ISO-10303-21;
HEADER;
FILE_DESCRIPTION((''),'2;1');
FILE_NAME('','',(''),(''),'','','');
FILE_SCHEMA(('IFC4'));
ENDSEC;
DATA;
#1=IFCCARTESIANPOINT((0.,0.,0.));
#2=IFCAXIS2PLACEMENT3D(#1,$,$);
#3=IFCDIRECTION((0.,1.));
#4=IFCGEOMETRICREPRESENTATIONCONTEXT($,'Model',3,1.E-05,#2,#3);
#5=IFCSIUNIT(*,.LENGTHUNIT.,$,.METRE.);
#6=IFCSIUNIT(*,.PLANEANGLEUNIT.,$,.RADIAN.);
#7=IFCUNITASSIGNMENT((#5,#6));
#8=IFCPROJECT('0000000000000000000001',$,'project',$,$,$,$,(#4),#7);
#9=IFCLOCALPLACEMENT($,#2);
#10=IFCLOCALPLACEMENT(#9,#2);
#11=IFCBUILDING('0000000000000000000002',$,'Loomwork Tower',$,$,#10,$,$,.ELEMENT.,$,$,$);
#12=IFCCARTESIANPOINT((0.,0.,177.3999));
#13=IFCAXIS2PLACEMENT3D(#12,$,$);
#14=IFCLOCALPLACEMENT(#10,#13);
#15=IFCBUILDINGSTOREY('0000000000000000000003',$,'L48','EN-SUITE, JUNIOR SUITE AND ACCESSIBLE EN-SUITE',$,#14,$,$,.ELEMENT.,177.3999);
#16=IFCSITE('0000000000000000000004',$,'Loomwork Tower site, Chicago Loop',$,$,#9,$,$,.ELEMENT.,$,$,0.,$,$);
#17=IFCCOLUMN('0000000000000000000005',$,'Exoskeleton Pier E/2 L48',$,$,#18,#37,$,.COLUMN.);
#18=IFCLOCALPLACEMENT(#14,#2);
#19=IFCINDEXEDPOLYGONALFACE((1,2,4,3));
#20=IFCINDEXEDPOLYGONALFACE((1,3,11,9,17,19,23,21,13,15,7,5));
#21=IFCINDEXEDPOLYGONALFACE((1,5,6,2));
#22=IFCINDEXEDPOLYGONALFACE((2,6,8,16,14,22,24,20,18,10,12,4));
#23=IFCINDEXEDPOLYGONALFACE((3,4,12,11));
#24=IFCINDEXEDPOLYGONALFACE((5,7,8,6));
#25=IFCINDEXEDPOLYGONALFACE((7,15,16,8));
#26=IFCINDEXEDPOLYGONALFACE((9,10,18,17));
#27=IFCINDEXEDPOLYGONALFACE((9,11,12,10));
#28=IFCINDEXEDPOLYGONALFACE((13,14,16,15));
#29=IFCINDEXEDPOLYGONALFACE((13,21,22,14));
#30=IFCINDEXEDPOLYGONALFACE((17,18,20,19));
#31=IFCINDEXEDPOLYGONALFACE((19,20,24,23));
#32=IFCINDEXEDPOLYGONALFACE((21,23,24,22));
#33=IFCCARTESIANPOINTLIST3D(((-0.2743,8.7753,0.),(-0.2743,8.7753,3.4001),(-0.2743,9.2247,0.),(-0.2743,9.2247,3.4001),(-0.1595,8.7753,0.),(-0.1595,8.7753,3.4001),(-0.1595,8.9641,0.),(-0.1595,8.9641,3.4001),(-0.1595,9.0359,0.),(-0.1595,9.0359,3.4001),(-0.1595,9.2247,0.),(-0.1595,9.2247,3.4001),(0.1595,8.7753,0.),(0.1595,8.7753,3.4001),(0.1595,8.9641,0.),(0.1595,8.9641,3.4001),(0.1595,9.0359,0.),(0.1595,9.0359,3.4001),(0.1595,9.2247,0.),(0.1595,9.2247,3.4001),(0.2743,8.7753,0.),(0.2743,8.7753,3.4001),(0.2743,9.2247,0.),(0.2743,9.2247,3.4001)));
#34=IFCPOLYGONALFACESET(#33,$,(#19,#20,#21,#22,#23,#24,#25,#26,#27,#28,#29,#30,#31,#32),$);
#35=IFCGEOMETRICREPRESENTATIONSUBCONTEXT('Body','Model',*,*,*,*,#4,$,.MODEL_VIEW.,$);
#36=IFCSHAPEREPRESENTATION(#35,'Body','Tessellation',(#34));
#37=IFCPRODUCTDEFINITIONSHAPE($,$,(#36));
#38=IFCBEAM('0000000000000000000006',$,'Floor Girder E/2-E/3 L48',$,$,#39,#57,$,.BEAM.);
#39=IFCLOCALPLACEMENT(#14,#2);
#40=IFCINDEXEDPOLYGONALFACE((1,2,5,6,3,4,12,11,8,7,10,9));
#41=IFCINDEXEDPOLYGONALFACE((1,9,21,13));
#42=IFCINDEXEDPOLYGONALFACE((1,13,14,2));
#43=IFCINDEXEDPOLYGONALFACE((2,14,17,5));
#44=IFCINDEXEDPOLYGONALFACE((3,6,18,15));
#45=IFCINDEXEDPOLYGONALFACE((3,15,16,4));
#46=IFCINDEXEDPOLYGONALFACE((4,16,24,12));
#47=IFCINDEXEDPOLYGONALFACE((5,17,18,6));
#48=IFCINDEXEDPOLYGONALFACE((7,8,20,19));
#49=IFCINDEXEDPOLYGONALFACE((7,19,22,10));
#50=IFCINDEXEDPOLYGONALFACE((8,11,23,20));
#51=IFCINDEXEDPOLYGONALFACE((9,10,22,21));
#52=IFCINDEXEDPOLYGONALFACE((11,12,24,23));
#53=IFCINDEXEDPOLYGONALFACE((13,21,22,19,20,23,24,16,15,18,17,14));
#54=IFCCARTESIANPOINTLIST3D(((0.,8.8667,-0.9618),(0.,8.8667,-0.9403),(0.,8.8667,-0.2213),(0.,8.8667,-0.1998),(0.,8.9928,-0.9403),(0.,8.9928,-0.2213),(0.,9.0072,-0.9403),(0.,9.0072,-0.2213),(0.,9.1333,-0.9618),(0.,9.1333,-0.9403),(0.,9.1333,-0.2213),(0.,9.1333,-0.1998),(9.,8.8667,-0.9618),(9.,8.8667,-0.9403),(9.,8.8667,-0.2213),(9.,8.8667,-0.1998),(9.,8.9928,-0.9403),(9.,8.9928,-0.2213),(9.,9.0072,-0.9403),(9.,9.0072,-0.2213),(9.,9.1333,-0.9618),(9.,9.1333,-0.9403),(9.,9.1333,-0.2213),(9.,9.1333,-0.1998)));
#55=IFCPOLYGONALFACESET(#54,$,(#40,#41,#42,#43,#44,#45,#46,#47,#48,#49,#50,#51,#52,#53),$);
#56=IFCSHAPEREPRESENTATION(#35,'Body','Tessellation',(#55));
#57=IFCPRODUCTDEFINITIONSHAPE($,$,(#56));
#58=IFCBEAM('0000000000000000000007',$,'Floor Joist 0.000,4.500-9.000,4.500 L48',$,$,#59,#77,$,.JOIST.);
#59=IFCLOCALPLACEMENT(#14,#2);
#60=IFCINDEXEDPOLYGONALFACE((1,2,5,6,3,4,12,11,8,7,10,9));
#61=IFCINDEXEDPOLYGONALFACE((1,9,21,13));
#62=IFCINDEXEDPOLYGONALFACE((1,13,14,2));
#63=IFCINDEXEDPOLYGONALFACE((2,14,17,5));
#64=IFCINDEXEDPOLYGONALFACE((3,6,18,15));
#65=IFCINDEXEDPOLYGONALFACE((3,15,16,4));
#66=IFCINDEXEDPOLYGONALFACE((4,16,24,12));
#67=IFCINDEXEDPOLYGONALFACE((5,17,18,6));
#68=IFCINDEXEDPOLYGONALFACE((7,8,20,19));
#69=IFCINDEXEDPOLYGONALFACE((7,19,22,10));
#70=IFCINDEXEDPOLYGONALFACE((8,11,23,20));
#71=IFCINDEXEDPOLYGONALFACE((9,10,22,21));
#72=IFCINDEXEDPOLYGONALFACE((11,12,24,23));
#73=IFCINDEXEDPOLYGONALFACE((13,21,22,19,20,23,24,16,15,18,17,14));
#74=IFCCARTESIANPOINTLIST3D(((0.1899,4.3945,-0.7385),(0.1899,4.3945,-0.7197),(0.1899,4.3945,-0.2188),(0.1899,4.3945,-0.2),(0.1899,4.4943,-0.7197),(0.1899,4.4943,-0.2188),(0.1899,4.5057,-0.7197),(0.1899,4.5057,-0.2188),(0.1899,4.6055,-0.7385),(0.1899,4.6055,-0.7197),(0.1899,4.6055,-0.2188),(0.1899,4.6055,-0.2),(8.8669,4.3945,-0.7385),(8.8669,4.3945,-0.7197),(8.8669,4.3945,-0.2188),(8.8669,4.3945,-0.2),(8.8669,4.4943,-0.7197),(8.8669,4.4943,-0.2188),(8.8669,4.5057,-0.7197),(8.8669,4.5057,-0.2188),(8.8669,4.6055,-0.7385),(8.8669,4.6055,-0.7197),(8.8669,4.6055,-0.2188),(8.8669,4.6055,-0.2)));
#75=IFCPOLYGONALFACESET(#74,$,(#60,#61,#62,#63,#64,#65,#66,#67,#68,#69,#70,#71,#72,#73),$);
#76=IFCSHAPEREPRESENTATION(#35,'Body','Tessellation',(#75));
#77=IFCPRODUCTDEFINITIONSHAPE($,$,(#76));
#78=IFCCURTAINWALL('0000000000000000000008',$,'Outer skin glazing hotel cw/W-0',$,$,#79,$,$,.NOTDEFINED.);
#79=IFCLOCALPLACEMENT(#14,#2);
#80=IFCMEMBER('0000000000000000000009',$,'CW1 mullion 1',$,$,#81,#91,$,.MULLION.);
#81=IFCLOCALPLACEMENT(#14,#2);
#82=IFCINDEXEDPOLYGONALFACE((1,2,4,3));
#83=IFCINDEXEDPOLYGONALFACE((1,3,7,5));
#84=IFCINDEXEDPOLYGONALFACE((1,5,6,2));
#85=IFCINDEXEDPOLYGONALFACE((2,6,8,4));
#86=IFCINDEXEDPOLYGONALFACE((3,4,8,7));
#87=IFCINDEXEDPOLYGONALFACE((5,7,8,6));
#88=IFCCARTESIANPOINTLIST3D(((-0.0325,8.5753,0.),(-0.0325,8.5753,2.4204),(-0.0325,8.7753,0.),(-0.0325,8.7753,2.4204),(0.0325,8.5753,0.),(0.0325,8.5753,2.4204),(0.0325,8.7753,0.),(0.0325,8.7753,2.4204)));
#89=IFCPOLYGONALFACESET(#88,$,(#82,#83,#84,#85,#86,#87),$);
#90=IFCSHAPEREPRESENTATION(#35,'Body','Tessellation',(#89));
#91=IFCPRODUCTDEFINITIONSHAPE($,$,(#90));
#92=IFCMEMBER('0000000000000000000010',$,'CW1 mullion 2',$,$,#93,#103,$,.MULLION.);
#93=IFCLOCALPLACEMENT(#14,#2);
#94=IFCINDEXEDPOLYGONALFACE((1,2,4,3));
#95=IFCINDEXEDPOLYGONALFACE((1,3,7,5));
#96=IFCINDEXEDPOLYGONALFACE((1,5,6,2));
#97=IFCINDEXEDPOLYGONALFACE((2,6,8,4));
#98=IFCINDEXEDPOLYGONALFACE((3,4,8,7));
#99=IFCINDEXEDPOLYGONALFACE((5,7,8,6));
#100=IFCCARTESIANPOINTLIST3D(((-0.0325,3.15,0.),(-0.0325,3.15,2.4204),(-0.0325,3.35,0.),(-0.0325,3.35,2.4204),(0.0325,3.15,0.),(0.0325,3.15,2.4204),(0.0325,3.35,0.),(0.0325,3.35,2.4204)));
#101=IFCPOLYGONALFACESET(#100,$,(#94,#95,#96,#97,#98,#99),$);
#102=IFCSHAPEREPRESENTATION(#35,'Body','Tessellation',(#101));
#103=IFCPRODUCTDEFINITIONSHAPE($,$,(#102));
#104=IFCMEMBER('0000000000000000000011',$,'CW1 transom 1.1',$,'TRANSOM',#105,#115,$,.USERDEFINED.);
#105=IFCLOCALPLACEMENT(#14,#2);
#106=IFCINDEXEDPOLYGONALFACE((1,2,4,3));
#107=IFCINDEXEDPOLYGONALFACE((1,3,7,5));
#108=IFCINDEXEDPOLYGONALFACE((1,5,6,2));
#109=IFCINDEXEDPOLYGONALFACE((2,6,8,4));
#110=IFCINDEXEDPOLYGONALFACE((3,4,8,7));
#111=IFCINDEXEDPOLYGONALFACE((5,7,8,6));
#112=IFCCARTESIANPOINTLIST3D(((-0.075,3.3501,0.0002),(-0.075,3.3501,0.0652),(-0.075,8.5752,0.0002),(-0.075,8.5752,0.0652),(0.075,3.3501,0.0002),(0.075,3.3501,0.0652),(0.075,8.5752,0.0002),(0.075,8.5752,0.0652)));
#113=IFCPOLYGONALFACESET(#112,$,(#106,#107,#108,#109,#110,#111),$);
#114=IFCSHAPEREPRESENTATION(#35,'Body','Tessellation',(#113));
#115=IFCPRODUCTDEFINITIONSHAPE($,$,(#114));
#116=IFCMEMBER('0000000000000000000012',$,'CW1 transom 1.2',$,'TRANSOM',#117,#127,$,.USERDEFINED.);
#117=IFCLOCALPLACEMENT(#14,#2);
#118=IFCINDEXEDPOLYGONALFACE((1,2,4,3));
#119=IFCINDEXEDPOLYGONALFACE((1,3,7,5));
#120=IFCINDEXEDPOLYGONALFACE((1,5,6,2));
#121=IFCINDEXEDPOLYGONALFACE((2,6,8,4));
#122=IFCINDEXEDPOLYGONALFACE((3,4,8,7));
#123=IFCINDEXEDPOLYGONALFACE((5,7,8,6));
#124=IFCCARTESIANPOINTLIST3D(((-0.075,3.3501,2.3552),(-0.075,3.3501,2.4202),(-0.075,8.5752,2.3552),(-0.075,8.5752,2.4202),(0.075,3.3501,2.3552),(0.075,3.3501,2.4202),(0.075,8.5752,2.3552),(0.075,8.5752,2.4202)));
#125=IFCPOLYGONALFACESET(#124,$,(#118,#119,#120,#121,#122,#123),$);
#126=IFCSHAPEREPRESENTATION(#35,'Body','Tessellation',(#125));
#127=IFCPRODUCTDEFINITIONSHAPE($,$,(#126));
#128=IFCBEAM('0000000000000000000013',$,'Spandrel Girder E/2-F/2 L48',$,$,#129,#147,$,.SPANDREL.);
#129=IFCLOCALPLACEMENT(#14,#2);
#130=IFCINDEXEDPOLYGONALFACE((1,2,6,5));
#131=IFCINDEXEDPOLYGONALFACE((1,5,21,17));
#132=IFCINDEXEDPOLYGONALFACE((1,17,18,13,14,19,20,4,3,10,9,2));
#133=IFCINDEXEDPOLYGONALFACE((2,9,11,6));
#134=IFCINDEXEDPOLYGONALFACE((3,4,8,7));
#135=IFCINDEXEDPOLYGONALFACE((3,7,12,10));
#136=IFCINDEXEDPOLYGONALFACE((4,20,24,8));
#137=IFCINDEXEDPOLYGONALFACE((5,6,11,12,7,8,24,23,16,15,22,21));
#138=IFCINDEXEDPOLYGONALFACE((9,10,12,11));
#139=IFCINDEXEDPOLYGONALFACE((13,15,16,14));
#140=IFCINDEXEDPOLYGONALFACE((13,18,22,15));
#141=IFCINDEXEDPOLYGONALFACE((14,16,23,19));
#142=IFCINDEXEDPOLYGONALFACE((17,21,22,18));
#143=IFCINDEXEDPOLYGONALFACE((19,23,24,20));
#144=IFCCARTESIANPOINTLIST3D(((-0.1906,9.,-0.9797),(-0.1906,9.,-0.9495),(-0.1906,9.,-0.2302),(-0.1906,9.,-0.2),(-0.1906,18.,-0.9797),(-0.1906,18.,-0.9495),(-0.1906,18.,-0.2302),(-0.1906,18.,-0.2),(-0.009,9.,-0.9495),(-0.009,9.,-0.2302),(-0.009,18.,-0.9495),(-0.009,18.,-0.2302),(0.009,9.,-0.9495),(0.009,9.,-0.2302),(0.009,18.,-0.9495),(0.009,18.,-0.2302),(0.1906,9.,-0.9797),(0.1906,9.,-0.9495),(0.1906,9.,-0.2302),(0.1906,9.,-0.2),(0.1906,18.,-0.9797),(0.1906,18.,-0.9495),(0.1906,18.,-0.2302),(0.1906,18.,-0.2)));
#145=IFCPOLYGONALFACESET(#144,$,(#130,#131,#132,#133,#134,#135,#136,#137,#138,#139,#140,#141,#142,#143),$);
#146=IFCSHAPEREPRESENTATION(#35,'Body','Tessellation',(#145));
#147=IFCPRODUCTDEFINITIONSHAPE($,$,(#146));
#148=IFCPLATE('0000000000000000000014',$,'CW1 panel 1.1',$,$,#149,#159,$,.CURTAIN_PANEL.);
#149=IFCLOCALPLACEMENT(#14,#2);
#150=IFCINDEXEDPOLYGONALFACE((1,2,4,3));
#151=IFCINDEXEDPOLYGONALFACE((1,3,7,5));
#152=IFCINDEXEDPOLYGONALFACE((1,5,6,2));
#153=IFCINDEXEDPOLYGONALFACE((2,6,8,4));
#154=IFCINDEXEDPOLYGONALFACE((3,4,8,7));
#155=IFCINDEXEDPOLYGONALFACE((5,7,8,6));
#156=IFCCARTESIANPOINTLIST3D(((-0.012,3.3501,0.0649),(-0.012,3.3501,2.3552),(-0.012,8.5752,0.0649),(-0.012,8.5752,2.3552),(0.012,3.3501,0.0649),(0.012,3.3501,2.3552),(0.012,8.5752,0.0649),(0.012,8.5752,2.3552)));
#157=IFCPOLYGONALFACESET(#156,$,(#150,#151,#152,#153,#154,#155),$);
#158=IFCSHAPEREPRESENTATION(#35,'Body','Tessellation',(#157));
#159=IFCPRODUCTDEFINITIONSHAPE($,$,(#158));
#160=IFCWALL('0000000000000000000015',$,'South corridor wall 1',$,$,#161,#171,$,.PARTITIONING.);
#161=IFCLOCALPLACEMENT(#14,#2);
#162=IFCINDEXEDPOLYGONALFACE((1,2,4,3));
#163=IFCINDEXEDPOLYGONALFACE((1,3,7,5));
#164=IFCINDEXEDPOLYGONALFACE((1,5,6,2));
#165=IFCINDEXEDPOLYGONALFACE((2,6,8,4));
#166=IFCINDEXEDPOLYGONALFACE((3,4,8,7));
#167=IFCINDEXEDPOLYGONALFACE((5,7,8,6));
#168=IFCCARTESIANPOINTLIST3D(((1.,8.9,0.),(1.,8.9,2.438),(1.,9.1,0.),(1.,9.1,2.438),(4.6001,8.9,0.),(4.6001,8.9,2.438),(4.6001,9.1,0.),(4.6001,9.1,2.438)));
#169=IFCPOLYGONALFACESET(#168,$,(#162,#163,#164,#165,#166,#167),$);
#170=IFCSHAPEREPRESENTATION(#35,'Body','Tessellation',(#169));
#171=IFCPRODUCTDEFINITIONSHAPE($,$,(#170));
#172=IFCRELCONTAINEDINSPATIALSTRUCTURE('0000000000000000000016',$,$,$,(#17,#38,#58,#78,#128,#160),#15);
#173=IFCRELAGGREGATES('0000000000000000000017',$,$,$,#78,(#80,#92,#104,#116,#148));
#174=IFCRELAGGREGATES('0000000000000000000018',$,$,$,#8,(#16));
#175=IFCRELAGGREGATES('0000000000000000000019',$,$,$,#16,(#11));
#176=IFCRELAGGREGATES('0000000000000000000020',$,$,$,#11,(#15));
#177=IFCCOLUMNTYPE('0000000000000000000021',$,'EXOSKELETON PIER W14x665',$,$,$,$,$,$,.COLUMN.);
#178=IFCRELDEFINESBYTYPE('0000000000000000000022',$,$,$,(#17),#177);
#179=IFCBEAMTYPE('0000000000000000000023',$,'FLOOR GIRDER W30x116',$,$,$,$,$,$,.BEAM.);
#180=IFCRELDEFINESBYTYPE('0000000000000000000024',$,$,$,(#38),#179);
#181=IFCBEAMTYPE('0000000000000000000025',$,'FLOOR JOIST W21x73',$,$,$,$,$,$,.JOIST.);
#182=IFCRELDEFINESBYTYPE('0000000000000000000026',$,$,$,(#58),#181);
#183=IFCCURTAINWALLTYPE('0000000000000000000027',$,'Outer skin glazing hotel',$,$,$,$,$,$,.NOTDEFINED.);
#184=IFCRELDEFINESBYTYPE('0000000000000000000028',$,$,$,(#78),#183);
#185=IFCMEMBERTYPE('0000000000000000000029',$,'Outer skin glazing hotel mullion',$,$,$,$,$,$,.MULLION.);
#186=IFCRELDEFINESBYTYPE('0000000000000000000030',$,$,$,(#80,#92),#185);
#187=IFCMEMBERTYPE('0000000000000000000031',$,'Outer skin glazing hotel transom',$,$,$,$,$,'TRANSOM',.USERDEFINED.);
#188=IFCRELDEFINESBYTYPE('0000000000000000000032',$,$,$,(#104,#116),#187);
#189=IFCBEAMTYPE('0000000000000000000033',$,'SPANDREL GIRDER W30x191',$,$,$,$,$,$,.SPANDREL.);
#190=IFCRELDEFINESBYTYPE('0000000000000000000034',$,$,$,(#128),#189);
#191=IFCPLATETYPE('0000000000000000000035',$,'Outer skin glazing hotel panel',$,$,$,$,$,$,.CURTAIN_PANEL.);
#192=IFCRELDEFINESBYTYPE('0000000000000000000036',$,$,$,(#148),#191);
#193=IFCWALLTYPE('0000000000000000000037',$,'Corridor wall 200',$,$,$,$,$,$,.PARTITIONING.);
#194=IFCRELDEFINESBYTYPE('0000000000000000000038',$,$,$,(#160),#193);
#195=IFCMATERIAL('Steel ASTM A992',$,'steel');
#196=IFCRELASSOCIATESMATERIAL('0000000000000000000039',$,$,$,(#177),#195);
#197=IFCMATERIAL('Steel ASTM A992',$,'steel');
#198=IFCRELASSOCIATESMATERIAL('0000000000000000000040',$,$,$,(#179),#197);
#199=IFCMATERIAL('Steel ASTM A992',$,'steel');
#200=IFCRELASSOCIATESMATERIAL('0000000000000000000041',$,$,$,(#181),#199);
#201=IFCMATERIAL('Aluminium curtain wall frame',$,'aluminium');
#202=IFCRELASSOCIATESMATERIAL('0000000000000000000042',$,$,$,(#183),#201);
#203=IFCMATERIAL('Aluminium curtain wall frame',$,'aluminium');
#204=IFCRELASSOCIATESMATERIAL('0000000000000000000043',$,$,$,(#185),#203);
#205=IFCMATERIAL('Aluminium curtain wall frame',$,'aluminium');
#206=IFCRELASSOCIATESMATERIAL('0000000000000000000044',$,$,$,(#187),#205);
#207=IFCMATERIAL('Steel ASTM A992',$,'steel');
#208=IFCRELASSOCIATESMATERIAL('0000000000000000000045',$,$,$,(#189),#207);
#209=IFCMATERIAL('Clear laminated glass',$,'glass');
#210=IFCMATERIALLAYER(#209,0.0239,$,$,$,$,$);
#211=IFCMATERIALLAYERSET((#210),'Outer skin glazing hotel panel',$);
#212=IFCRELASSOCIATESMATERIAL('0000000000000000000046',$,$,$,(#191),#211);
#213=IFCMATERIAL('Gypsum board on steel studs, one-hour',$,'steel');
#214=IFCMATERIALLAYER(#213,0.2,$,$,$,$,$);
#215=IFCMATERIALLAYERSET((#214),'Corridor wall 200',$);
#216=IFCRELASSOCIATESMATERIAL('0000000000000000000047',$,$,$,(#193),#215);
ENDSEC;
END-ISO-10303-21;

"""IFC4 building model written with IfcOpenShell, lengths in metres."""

from ifc_helpers import new_model, si_unit, direction, frame, frame_2d, origin, origin_2d, place, context, subcontext, project, spatial, rectangle, i_section, extrude, material, layer, layer_set, material_profile, profile_set, type_object, element, aggregate, save


model = new_model("IFC4")

# Units and contexts
model_context = context("Model", 3, precision=1e-05, world=origin(), true_north=direction((0.0, 1.0)))
body_context = subcontext(model_context, "Body", "Model", "MODEL_VIEW")
ifc_project = project(units=[si_unit("LENGTHUNIT", "METRE"), si_unit("PLANEANGLEUNIT", "RADIAN")], contexts=[model_context])

# Site, building, storey
site_placement = place(None, origin())
site = spatial("IfcSite", under=ifc_project, at=site_placement, Name="Loomwork Tower site, Chicago Loop", CompositionType="ELEMENT", RefElevation=0.0)
building_placement = place(site_placement, origin())
building = spatial("IfcBuilding", under=site, at=building_placement, Name="Loomwork Tower", CompositionType="ELEMENT")
storey_placement = place(building_placement, frame((0.0, 0.0, 177.3999)))
storey = spatial("IfcBuildingStorey", under=building, at=storey_placement, Name="L48", Description="EN-SUITE, JUNIOR SUITE AND ACCESSIBLE EN-SUITE", CompositionType="ELEMENT", Elevation=177.3999)

# Column
ifc_material_1 = material(Name="Steel ASTM A992", Category="steel")
ifc_material_profile_1 = material_profile(ifc_material_1, i_section(OverallWidth=0.4495, OverallDepth=0.5486, WebThickness=0.0718, FlangeThickness=0.1147, at=origin_2d()), Name="W14x665")
ifc_profile_set_1 = profile_set([ifc_material_profile_1], Name="Steel ASTM A992")
column_type = type_object("IfcColumnType", Name="EXOSKELETON PIER W14x665", PredefinedType="COLUMN", material=ifc_profile_set_1)
column_placement = place(storey_placement, frame((0.0, 9.0, 0.0), z_axis=(0.0, 0.0, 1.0), x_axis=(0.0, 1.0, 0.0)))
element("IfcColumn", 1, at=column_placement, inside=storey, type_object=column_type, Name="Exoskeleton Pier E/2 L48", PredefinedType="COLUMN", context=body_context, shape_type="SweptSolid", body=[
    extrude(i_section(OverallWidth=0.4495, OverallDepth=0.5486, WebThickness=0.0718, FlangeThickness=0.1147, at=origin_2d()), origin(), (0.0, 0.0, 1.0), 3.4001),
])

# Beams
ifc_material_2 = material(Name="Steel ASTM A992", Category="steel")
ifc_material_profile_2 = material_profile(ifc_material_2, i_section(OverallWidth=0.2666, OverallDepth=0.762, WebThickness=0.0144, FlangeThickness=0.0215, at=origin_2d()), Name="W30x116")
ifc_profile_set_2 = profile_set([ifc_material_profile_2], Name="Steel ASTM A992")
beam_type_1 = type_object("IfcBeamType", Name="FLOOR GIRDER W30x116", PredefinedType="BEAM", material=ifc_profile_set_2)
beam_1_placement = place(storey_placement, frame((0.0, 9.0, -0.5808), z_axis=(1.0, 0.0, 0.0), x_axis=(0.0, 1.0, 0.0)))
element("IfcBeam", 2, at=beam_1_placement, inside=storey, type_object=beam_type_1, Name="Floor Girder E/2-E/3 L48", PredefinedType="BEAM", context=body_context, shape_type="SweptSolid", body=[
    extrude(i_section(OverallWidth=0.2666, OverallDepth=0.762, WebThickness=0.0144, FlangeThickness=0.0215, at=origin_2d()), origin(), (0.0, 0.0, 1.0), 9.0),
])
ifc_material_3 = material(Name="Steel ASTM A992", Category="steel")
ifc_material_profile_3 = material_profile(ifc_material_3, i_section(OverallWidth=0.2109, OverallDepth=0.5386, WebThickness=0.0115, FlangeThickness=0.0188, at=origin_2d()), Name="W21x73")
ifc_profile_set_3 = profile_set([ifc_material_profile_3], Name="Steel ASTM A992")
beam_type_2 = type_object("IfcBeamType", Name="FLOOR JOIST W21x73", PredefinedType="JOIST", material=ifc_profile_set_3)
beam_2_placement = place(storey_placement, frame((0.1899, 4.5, -0.4692), z_axis=(1.0, 0.0, 0.0), x_axis=(0.0, 1.0, 0.0)))
element("IfcBeam", 3, at=beam_2_placement, inside=storey, type_object=beam_type_2, Name="Floor Joist 0.000,4.500-9.000,4.500 L48", PredefinedType="JOIST", context=body_context, shape_type="SweptSolid", body=[
    extrude(i_section(OverallWidth=0.2109, OverallDepth=0.5386, WebThickness=0.0115, FlangeThickness=0.0188, at=origin_2d()), origin(), (0.0, 0.0, 1.0), 8.677),
])

# Curtain wall, members
ifc_material_4 = material(Name="Aluminium curtain wall frame", Category="aluminium")
curtain_wall_type = type_object("IfcCurtainWallType", Name="Outer skin glazing hotel", PredefinedType="NOTDEFINED", material=ifc_material_4)
curtain_wall_placement = place(storey_placement, origin())
curtain_wall = element("IfcCurtainWall", 4, at=curtain_wall_placement, inside=storey, type_object=curtain_wall_type, Name="Outer skin glazing hotel cw/W-0", PredefinedType="NOTDEFINED")
ifc_material_5 = material(Name="Aluminium curtain wall frame", Category="aluminium")
ifc_material_profile_4 = material_profile(ifc_material_5, rectangle(XDim=0.0649, YDim=0.2, at=origin_2d()), Name="AL 65x200")
ifc_profile_set_4 = profile_set([ifc_material_profile_4], Name="Aluminium curtain wall frame")
member_type_1 = type_object("IfcMemberType", Name="Outer skin glazing hotel mullion", PredefinedType="MULLION", material=ifc_profile_set_4)
member_1_placement = place(storey_placement, frame((0.0, 8.6753, 0.0), z_axis=(0.0, 0.0, 1.0), x_axis=(1.0, 0.0, 0.0)))
member_1 = element("IfcMember", 5, at=member_1_placement, type_object=member_type_1, Name="CW1 mullion 1", PredefinedType="MULLION", context=body_context, shape_type="SweptSolid", body=[
    extrude(rectangle(XDim=0.0649, YDim=0.2, at=origin_2d()), origin(), (0.0, 0.0, 1.0), 2.4204),
])
member_2_placement = place(storey_placement, frame((0.0, 3.25, 0.0), z_axis=(0.0, 0.0, 1.0), x_axis=(1.0, 0.0, 0.0)))
member_2 = element("IfcMember", 6, at=member_2_placement, type_object=member_type_1, Name="CW1 mullion 2", PredefinedType="MULLION", context=body_context, shape_type="SweptSolid", body=[
    extrude(rectangle(XDim=0.0649, YDim=0.2, at=origin_2d()), origin(), (0.0, 0.0, 1.0), 2.4204),
])
ifc_material_6 = material(Name="Aluminium curtain wall frame", Category="aluminium")
ifc_material_profile_5 = material_profile(ifc_material_6, rectangle(XDim=0.1499, YDim=0.0649, at=origin_2d()), Name="AL 65x150")
ifc_profile_set_5 = profile_set([ifc_material_profile_5], Name="Aluminium curtain wall frame")
member_type_2 = type_object("IfcMemberType", Name="Outer skin glazing hotel transom", ElementType="TRANSOM", PredefinedType="USERDEFINED", material=ifc_profile_set_5)
member_3_placement = place(storey_placement, frame((0.0, 8.5752, 0.0327), z_axis=(0.0, -1.0, 0.0), x_axis=(1.0, 0.0, 0.0)))
member_3 = element("IfcMember", 7, at=member_3_placement, type_object=member_type_2, Name="CW1 transom 1.1", ObjectType="TRANSOM", PredefinedType="USERDEFINED", context=body_context, shape_type="SweptSolid", body=[
    extrude(rectangle(XDim=0.1499, YDim=0.0649, at=origin_2d()), origin(), (0.0, 0.0, 1.0), 5.2251),
])
member_4_placement = place(storey_placement, frame((0.0, 8.5752, 2.3877), z_axis=(0.0, -1.0, 0.0), x_axis=(1.0, 0.0, 0.0)))
member_4 = element("IfcMember", 8, at=member_4_placement, type_object=member_type_2, Name="CW1 transom 1.2", ObjectType="TRANSOM", PredefinedType="USERDEFINED", context=body_context, shape_type="SweptSolid", body=[
    extrude(rectangle(XDim=0.1499, YDim=0.0649, at=origin_2d()), origin(), (0.0, 0.0, 1.0), 5.2251),
])

# Beam
ifc_material_7 = material(Name="Steel ASTM A992", Category="steel")
ifc_material_profile_6 = material_profile(ifc_material_7, i_section(OverallWidth=0.3811, OverallDepth=0.7798, WebThickness=0.0181, FlangeThickness=0.0303, at=origin_2d()), Name="W30x191")
ifc_profile_set_6 = profile_set([ifc_material_profile_6], Name="Steel ASTM A992")
beam_type_3 = type_object("IfcBeamType", Name="SPANDREL GIRDER W30x191", PredefinedType="SPANDREL", material=ifc_profile_set_6)
beam_3_placement = place(storey_placement, frame((0.0, 9.0, -0.5898), z_axis=(0.0, 1.0, 0.0), x_axis=(-1.0, 0.0, 0.0)))
element("IfcBeam", 9, at=beam_3_placement, inside=storey, type_object=beam_type_3, Name="Spandrel Girder E/2-F/2 L48", PredefinedType="SPANDREL", context=body_context, shape_type="SweptSolid", body=[
    extrude(i_section(OverallWidth=0.3811, OverallDepth=0.7798, WebThickness=0.0181, FlangeThickness=0.0303, at=origin_2d()), origin(), (0.0, 0.0, 1.0), 9.0),
])

# Plate
ifc_material_8 = material(Name="Clear laminated glass", Category="glass")
ifc_layer_1 = layer(ifc_material_8, 0.0239)
ifc_layer_set_1 = layer_set([ifc_layer_1], Name="Outer skin glazing hotel panel")
plate_type = type_object("IfcPlateType", Name="Outer skin glazing hotel panel", PredefinedType="CURTAIN_PANEL", material=ifc_layer_set_1)
plate_placement = place(storey_placement, frame((0.0, 5.9626, 0.0649), z_axis=(0.0, 0.0, 1.0), x_axis=(0.0, -1.0, 0.0)))
plate = element("IfcPlate", 10, at=plate_placement, type_object=plate_type, Name="CW1 panel 1.1", PredefinedType="CURTAIN_PANEL", context=body_context, shape_type="SweptSolid", body=[
    extrude(rectangle(XDim=5.2251, YDim=0.0239, at=origin_2d()), origin(), (0.0, 0.0, 1.0), 2.2903),
])
aggregate(curtain_wall, [member_1, member_2, member_3, member_4, plate])

# Wall
ifc_material_9 = material(Name="Gypsum board on steel studs, one-hour", Category="steel")
ifc_layer_2 = layer(ifc_material_9, 0.2)
ifc_layer_set_2 = layer_set([ifc_layer_2], Name="Corridor wall 200")
wall_type_1 = type_object("IfcWallType", Name="Corridor wall 200", PredefinedType="PARTITIONING", material=ifc_layer_set_2)
wall_1_placement = place(storey_placement, frame((1.0, 9.0, 0.0), z_axis=(0.0, 0.0, 1.0), x_axis=(1.0, 0.0, 0.0)))
element("IfcWall", 11, at=wall_1_placement, inside=storey, type_object=wall_type_1, Name="South corridor wall 1", PredefinedType="PARTITIONING", context=body_context, shape_type="SweptSolid", body=[
    extrude(rectangle(XDim=3.6001, YDim=0.2, at=frame_2d((1.8, 0.0))), origin(), (0.0, 0.0, 1.0), 2.438),
])

save(model, "model.ifc")
